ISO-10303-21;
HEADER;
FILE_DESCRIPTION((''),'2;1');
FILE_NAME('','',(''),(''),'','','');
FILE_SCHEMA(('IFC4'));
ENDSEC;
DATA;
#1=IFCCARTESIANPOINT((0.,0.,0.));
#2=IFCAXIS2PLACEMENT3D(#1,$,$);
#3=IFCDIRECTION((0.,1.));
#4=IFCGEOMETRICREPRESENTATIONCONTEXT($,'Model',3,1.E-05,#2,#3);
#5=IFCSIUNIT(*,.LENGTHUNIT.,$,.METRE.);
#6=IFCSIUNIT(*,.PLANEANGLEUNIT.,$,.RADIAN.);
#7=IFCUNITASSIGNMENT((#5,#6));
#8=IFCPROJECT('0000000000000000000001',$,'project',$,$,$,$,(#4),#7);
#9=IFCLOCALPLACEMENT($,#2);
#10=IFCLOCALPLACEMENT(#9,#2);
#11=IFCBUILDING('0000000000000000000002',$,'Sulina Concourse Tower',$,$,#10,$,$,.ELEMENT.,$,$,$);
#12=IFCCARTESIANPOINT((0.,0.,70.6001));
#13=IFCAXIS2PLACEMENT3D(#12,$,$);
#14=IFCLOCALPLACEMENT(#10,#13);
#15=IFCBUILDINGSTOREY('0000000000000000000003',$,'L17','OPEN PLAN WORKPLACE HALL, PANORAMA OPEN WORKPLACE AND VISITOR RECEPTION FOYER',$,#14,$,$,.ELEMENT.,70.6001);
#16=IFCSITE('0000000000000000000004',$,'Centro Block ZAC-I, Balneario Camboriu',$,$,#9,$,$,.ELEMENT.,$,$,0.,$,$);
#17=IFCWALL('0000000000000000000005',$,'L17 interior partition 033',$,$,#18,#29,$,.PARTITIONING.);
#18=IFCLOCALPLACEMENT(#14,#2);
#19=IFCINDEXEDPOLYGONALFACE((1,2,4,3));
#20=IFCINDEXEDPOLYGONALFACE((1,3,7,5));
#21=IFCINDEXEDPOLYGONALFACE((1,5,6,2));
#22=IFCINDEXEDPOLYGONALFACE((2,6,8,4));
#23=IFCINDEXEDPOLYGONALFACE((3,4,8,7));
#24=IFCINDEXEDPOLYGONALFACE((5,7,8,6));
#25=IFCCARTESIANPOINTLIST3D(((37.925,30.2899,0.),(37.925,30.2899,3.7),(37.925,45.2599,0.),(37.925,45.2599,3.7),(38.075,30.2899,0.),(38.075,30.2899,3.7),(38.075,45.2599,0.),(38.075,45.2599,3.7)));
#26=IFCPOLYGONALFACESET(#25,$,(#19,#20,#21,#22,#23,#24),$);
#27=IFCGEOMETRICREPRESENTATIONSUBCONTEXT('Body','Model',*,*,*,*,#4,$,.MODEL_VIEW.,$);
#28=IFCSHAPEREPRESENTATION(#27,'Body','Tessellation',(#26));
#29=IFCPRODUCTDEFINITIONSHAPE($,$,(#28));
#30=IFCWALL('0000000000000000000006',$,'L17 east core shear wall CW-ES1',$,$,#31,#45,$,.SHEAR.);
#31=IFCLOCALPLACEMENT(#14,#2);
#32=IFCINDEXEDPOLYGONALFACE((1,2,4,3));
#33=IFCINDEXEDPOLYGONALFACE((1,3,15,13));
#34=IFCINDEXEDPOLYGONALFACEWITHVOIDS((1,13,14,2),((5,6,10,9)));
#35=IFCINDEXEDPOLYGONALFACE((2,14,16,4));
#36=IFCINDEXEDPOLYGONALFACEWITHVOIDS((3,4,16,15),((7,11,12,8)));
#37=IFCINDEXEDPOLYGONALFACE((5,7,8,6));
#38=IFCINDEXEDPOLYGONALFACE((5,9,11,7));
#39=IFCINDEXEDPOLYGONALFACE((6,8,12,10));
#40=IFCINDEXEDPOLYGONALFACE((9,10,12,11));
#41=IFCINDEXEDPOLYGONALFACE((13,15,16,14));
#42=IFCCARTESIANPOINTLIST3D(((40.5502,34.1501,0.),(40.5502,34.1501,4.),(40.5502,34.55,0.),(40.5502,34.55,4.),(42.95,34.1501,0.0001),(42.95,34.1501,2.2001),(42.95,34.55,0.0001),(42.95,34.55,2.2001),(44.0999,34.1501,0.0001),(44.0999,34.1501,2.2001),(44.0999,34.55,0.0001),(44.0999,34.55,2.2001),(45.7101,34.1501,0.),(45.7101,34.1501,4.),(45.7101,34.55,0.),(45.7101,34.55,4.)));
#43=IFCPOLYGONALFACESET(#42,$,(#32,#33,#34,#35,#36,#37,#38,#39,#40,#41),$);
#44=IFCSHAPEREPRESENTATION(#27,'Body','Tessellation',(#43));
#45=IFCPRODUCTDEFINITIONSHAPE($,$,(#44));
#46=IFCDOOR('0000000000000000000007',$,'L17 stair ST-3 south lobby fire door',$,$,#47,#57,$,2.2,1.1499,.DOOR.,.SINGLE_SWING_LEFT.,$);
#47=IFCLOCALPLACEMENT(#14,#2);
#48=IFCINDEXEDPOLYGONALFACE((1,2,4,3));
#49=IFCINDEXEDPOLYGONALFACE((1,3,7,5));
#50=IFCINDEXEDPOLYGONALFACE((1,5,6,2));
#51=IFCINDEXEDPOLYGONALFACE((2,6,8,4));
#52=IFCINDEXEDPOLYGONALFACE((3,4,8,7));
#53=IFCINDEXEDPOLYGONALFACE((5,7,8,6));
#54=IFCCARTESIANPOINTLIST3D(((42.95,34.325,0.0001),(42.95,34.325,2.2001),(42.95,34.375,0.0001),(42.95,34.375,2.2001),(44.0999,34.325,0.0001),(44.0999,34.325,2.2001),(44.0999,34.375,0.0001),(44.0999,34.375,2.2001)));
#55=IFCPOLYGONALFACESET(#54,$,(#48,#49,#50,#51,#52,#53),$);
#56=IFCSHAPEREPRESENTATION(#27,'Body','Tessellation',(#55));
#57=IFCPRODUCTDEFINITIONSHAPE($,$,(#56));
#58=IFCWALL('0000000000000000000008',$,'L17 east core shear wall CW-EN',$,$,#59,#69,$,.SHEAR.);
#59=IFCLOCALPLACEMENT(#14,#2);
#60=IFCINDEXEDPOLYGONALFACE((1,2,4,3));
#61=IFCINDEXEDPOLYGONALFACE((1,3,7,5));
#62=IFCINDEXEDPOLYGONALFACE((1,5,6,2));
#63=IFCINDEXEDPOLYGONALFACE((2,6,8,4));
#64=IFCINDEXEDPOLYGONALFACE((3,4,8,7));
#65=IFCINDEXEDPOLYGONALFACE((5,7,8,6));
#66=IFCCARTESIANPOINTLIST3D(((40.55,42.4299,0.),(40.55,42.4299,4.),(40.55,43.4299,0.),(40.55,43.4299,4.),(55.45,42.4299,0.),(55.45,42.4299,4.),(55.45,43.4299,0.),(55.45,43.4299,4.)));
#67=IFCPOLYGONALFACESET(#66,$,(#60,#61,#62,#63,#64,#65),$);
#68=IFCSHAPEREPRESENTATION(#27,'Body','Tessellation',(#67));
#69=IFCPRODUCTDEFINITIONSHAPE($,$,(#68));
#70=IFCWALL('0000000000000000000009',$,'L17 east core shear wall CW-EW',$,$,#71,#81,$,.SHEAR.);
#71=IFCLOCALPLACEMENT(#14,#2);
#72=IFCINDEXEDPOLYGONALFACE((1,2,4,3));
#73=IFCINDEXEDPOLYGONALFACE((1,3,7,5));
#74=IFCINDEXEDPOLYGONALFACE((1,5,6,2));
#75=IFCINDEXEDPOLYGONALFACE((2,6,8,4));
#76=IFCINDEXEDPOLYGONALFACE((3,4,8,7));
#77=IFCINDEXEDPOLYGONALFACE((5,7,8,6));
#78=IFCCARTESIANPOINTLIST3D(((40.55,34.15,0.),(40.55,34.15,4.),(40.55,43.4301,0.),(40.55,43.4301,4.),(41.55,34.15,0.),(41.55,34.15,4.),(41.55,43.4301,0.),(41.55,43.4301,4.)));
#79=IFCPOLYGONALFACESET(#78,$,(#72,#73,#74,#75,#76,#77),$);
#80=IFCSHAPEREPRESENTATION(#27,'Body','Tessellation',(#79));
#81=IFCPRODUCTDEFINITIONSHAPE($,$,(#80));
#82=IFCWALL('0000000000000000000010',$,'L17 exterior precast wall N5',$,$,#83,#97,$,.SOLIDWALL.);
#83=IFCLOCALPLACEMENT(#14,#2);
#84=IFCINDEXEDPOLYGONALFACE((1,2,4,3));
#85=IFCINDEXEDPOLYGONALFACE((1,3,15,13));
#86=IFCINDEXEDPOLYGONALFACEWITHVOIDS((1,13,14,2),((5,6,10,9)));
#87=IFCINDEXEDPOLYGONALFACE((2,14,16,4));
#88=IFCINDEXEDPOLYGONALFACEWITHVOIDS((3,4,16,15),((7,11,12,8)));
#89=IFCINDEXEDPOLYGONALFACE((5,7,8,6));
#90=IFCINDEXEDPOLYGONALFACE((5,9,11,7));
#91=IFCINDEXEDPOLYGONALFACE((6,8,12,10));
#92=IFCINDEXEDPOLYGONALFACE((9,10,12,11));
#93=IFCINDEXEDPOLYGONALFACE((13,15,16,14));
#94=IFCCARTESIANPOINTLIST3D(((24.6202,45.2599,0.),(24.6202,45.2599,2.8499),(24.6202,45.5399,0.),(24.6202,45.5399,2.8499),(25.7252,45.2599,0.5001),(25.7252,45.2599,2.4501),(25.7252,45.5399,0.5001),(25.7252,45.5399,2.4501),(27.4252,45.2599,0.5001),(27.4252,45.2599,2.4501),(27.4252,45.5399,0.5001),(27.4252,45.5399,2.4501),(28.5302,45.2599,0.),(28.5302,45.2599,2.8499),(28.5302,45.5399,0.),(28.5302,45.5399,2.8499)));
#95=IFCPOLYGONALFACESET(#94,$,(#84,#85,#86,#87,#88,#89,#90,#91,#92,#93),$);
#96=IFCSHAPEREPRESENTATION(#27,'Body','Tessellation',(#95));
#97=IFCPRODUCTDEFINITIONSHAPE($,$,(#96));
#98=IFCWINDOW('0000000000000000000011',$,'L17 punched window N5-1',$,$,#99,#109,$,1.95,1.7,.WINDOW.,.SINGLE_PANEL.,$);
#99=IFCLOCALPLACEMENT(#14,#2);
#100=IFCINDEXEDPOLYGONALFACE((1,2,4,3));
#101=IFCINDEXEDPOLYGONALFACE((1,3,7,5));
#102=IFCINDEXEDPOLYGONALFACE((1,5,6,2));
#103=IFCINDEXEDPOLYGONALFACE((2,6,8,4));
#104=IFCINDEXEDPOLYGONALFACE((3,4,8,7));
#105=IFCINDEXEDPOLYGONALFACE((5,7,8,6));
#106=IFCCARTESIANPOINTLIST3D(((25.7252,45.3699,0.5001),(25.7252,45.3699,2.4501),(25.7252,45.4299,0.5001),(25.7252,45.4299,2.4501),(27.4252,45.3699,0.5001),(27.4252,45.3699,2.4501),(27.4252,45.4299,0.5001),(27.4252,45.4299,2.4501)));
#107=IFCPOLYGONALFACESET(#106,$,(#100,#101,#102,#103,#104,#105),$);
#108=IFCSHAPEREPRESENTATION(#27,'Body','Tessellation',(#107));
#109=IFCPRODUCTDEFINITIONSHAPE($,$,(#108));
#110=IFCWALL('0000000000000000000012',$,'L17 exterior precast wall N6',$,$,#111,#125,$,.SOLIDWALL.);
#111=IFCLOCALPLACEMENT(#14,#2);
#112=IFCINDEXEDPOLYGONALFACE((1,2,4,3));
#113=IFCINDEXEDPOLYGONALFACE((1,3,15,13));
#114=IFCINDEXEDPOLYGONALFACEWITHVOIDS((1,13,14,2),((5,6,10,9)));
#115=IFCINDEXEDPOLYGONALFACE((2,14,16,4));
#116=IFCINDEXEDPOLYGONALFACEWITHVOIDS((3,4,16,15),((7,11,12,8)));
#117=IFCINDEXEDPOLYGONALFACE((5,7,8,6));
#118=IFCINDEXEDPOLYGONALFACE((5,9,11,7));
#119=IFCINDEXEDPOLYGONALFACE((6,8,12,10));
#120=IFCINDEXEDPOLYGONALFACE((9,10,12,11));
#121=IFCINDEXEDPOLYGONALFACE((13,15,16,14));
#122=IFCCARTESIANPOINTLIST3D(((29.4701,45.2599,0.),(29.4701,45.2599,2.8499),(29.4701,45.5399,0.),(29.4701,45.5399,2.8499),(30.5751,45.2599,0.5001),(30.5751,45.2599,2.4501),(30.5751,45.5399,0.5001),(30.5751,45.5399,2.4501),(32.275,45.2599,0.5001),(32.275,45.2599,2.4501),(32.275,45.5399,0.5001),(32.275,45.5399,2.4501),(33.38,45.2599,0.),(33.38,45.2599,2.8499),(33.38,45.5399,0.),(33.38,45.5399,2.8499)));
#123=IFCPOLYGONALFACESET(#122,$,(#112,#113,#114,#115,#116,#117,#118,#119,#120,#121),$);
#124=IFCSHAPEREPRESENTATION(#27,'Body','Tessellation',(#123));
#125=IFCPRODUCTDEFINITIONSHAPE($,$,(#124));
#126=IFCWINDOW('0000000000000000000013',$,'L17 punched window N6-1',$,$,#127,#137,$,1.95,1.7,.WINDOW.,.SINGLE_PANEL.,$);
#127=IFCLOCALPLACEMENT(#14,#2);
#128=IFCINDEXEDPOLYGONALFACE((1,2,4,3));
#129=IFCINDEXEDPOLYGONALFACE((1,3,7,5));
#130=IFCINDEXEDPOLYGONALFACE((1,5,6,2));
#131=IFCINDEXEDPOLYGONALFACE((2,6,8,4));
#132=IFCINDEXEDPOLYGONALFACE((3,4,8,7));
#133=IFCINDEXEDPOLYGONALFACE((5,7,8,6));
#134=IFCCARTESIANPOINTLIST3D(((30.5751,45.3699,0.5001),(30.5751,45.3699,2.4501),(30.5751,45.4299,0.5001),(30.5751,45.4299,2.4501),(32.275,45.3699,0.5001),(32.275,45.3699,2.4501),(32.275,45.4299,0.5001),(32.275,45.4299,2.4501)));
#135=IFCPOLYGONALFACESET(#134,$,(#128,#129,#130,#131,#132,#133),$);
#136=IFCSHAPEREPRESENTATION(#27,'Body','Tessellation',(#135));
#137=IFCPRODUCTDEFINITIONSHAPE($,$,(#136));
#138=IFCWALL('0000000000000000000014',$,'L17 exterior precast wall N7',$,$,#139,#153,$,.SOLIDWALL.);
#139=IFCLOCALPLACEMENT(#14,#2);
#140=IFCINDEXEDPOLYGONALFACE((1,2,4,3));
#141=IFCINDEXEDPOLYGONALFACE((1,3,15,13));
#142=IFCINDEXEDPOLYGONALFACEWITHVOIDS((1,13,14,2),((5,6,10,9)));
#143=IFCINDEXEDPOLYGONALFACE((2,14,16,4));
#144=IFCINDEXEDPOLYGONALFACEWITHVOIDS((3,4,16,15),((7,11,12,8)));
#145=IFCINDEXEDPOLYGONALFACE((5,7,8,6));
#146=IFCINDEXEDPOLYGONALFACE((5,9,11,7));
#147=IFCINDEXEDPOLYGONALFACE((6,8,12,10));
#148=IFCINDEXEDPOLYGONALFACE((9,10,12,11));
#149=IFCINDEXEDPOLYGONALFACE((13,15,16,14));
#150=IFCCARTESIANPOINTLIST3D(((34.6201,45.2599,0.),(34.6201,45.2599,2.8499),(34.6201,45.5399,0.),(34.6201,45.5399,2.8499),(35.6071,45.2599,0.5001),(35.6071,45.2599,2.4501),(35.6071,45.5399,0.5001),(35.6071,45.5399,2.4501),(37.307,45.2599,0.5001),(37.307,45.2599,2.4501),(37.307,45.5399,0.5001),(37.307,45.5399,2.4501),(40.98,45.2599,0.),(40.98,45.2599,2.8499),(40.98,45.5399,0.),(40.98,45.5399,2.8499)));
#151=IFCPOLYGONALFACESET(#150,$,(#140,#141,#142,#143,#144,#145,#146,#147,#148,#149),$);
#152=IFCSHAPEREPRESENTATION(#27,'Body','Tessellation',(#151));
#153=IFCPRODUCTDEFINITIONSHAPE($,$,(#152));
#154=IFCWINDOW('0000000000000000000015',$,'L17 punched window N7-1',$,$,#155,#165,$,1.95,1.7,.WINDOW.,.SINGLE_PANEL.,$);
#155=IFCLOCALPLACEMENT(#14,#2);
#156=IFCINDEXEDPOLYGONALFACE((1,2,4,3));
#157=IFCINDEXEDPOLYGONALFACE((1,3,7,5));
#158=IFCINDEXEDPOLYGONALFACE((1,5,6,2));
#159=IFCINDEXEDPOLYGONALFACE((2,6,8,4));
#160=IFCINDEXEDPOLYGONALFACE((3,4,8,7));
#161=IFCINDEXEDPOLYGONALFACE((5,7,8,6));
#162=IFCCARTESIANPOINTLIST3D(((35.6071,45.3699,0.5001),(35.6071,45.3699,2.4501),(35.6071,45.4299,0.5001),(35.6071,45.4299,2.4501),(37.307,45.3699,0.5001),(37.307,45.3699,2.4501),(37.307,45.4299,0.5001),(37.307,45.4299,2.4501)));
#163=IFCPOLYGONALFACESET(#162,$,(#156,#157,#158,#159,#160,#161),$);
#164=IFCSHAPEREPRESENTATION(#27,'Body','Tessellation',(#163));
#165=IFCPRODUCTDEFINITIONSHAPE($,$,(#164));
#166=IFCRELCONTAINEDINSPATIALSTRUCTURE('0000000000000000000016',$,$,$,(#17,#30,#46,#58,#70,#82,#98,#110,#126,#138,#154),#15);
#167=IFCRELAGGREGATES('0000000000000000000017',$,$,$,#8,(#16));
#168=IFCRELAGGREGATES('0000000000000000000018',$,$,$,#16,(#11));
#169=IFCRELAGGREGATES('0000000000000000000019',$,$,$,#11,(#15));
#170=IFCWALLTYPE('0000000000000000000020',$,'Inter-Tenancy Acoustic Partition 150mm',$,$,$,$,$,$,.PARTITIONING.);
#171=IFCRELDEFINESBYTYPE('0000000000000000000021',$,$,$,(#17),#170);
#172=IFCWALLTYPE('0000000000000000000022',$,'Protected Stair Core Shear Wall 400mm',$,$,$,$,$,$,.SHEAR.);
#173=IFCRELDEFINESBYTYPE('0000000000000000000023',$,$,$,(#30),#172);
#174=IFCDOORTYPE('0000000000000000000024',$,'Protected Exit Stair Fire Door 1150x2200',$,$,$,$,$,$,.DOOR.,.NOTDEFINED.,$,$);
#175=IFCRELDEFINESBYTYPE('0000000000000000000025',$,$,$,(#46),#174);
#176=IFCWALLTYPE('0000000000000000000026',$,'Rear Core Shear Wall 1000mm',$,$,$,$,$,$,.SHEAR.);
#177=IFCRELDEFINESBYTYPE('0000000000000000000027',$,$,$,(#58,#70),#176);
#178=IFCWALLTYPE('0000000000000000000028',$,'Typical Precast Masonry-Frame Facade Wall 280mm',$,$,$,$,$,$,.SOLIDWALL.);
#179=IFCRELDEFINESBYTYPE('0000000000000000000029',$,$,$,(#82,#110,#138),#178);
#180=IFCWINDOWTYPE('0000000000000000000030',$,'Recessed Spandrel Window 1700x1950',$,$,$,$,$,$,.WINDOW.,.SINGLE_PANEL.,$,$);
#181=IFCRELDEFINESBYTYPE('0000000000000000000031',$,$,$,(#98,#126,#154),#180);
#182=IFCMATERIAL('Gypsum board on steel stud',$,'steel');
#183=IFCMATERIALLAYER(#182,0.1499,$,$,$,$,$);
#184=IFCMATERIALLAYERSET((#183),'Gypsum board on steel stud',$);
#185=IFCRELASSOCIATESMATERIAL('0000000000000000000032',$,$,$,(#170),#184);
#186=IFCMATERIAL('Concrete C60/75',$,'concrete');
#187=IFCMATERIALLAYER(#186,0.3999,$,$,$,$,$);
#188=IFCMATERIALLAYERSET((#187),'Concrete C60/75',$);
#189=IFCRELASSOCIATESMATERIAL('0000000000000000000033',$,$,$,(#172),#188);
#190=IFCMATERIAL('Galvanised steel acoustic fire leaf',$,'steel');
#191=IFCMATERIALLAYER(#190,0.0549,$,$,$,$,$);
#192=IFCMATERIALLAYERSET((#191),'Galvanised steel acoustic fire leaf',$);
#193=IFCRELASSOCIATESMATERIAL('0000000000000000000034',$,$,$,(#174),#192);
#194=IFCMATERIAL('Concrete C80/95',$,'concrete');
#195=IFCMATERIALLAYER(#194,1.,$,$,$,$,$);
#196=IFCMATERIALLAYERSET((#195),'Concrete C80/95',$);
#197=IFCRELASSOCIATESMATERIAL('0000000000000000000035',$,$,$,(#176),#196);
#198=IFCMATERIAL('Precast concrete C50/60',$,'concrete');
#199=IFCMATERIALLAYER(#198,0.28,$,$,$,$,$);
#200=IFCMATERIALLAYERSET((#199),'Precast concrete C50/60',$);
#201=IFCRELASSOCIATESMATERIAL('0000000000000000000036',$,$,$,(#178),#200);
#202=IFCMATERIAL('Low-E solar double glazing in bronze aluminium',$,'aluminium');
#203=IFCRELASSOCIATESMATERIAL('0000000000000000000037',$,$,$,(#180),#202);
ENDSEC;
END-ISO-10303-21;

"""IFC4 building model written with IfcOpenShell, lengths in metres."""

from ifc_helpers import new_model, si_unit, direction, frame, frame_2d, origin, place, context, subcontext, project, spatial, rectangle, extrude, material, layer, layer_set, type_object, element, fill, save


model = new_model("IFC4")

# Units and contexts
model_context = context("Model", 3, precision=1e-05, world=origin(), true_north=direction((0.0, 1.0)))
body_context = subcontext(model_context, "Body", "Model", "MODEL_VIEW")
ifc_project = project(units=[si_unit("LENGTHUNIT", "METRE"), si_unit("PLANEANGLEUNIT", "RADIAN")], contexts=[model_context])

# Site, building, storey
site_placement = place(None, origin())
site = spatial("IfcSite", under=ifc_project, at=site_placement, Name="Centro Block ZAC-I, Balneario Camboriu", CompositionType="ELEMENT", RefElevation=0.0)
building_placement = place(site_placement, origin())
building = spatial("IfcBuilding", under=site, at=building_placement, Name="Sulina Concourse Tower", CompositionType="ELEMENT")
storey_placement = place(building_placement, frame((0.0, 0.0, 70.6001)))
storey = spatial("IfcBuildingStorey", under=building, at=storey_placement, Name="L17", Description="OPEN PLAN WORKPLACE HALL, PANORAMA OPEN WORKPLACE AND VISITOR RECEPTION FOYER", CompositionType="ELEMENT", Elevation=70.6001)

# Wall
ifc_material_1 = material(Name="Gypsum board on steel stud", Category="steel")
ifc_layer_1 = layer(ifc_material_1, 0.1499)
ifc_layer_set_1 = layer_set([ifc_layer_1], Name="Gypsum board on steel stud")
wall_type_1 = type_object("IfcWallType", Name="Inter-Tenancy Acoustic Partition 150mm", PredefinedType="PARTITIONING", material=ifc_layer_set_1)
wall_1_placement = place(storey_placement, frame((38.0, 30.29, 0.0), z_axis=(0.0, 0.0, 1.0), x_axis=(0.0, 1.0, 0.0)))
element("IfcWall", 1, at=wall_1_placement, inside=storey, type_object=wall_type_1, Name="L17 interior partition 033", PredefinedType="PARTITIONING", context=body_context, shape_type="SweptSolid", body=[
    extrude(rectangle(XDim=14.97, YDim=0.1499, at=frame_2d((7.4849, 0.0))), origin(), (0.0, 0.0, 1.0), 3.7),
])

# Wall, opening, door
ifc_material_2 = material(Name="Concrete C60/75", Category="concrete")
ifc_layer_2 = layer(ifc_material_2, 0.3999)
ifc_layer_set_2 = layer_set([ifc_layer_2], Name="Concrete C60/75")
wall_type_2 = type_object("IfcWallType", Name="Protected Stair Core Shear Wall 400mm", PredefinedType="SHEAR", material=ifc_layer_set_2)
wall_2_placement = place(storey_placement, frame((40.55, 34.3501, 0.0), z_axis=(0.0, 0.0, 1.0), x_axis=(1.0, 0.0, 0.0)))
wall_2 = element("IfcWall", 2, at=wall_2_placement, inside=storey, type_object=wall_type_2, Name="L17 east core shear wall CW-ES1", PredefinedType="SHEAR", context=body_context, shape_type="SweptSolid", body=[
    extrude(rectangle(XDim=5.1599, YDim=0.3999, at=frame_2d((2.5801, 0.0))), origin(), (0.0, 0.0, 1.0), 4.0),
])
opening_1_placement = place(wall_2_placement, frame((2.3999, 0.0, 0.0)))
opening_1 = element("IfcOpeningElement", 3, at=opening_1_placement, cuts=wall_2, PredefinedType="OPENING", context=body_context, shape_type="SweptSolid", body=[
    extrude(rectangle(XDim=1.1499, YDim=2.2, at=frame_2d((0.575, 1.1001))), frame((0.0, 0.21, 0.0), z_axis=(0.0, -1.0, 0.0), x_axis=(1.0, 0.0, 0.0)), (0.0, 0.0, 1.0), 0.4199),
])
ifc_material_3 = material(Name="Galvanised steel acoustic fire leaf", Category="steel")
ifc_layer_3 = layer(ifc_material_3, 0.0549)
ifc_layer_set_3 = layer_set([ifc_layer_3], Name="Galvanised steel acoustic fire leaf")
door_type = type_object("IfcDoorType", Name="Protected Exit Stair Fire Door 1150x2200", OperationType="NOTDEFINED", PredefinedType="DOOR", material=ifc_layer_set_3)
door_placement = place(opening_1_placement, origin())
door = element("IfcDoor", 4, at=door_placement, inside=storey, type_object=door_type, Name="L17 stair ST-3 south lobby fire door", OperationType="SINGLE_SWING_LEFT", OverallHeight=2.2, OverallWidth=1.1499, PredefinedType="DOOR", context=body_context, shape_type="SweptSolid", body=[
    extrude(rectangle(XDim=1.1499, YDim=2.2, at=frame_2d((0.575, 1.1001))), frame((0.0, 0.0249, 0.0), z_axis=(0.0, -1.0, 0.0), x_axis=(1.0, 0.0, 0.0)), (0.0, 0.0, 1.0), 0.05),
])
fill(opening_1, door)

# Walls
ifc_material_4 = material(Name="Concrete C80/95", Category="concrete")
ifc_layer_4 = layer(ifc_material_4, 1.0)
ifc_layer_set_4 = layer_set([ifc_layer_4], Name="Concrete C80/95")
wall_type_3 = type_object("IfcWallType", Name="Rear Core Shear Wall 1000mm", PredefinedType="SHEAR", material=ifc_layer_set_4)
wall_3_placement = place(storey_placement, frame((40.55, 42.9299, 0.0), z_axis=(0.0, 0.0, 1.0), x_axis=(1.0, 0.0, 0.0)))
element("IfcWall", 5, at=wall_3_placement, inside=storey, type_object=wall_type_3, Name="L17 east core shear wall CW-EN", PredefinedType="SHEAR", context=body_context, shape_type="SweptSolid", body=[
    extrude(rectangle(XDim=14.8999, YDim=1.0, at=frame_2d((7.45, 0.0))), origin(), (0.0, 0.0, 1.0), 4.0),
])
wall_4_placement = place(storey_placement, frame((41.05, 34.1499, 0.0), z_axis=(0.0, 0.0, 1.0), x_axis=(0.0, 1.0, 0.0)))
element("IfcWall", 6, at=wall_4_placement, inside=storey, type_object=wall_type_3, Name="L17 east core shear wall CW-EW", PredefinedType="SHEAR", context=body_context, shape_type="SweptSolid", body=[
    extrude(rectangle(XDim=9.28, YDim=1.0, at=frame_2d((4.6401, 0.0))), origin(), (0.0, 0.0, 1.0), 4.0),
])

# Walls, openings, windows
ifc_material_5 = material(Name="Precast concrete C50/60", Category="concrete")
ifc_layer_5 = layer(ifc_material_5, 0.28)
ifc_layer_set_5 = layer_set([ifc_layer_5], Name="Precast concrete C50/60")
wall_type_4 = type_object("IfcWallType", Name="Typical Precast Masonry-Frame Facade Wall 280mm", PredefinedType="SOLIDWALL", material=ifc_layer_set_5)
wall_5_placement = place(storey_placement, frame((24.6201, 45.3999, 0.0), z_axis=(0.0, 0.0, 1.0), x_axis=(1.0, 0.0, 0.0)))
wall_5 = element("IfcWall", 7, at=wall_5_placement, inside=storey, type_object=wall_type_4, Name="L17 exterior precast wall N5", PredefinedType="SOLIDWALL", context=body_context, shape_type="SweptSolid", body=[
    extrude(rectangle(XDim=3.9099, YDim=0.28, at=frame_2d((1.9551, 0.0))), origin(), (0.0, 0.0, 1.0), 2.8499),
])
opening_2_placement = place(wall_5_placement, frame((1.105, 0.0, 0.5)))
opening_2 = element("IfcOpeningElement", 8, at=opening_2_placement, cuts=wall_5, PredefinedType="OPENING", context=body_context, shape_type="SweptSolid", body=[
    extrude(rectangle(XDim=1.7, YDim=1.95, at=frame_2d((0.8501, 0.9751))), frame((0.0, 0.1499, 0.0), z_axis=(0.0, -1.0, 0.0), x_axis=(1.0, 0.0, 0.0)), (0.0, 0.0, 1.0), 0.3),
])
ifc_material_6 = material(Name="Low-E solar double glazing in bronze aluminium", Category="aluminium")
window_type = type_object("IfcWindowType", Name="Recessed Spandrel Window 1700x1950", PartitioningType="SINGLE_PANEL", PredefinedType="WINDOW", material=ifc_material_6)
window_1_placement = place(opening_2_placement, origin())
window_1 = element("IfcWindow", 9, at=window_1_placement, inside=storey, type_object=window_type, Name="L17 punched window N5-1", OverallHeight=1.95, OverallWidth=1.7, PartitioningType="SINGLE_PANEL", PredefinedType="WINDOW", context=body_context, shape_type="SweptSolid", body=[
    extrude(rectangle(XDim=1.7, YDim=1.95, at=frame_2d((0.8501, 0.9751))), frame((0.0, 0.03, 0.0), z_axis=(0.0, -1.0, 0.0), x_axis=(1.0, 0.0, 0.0)), (0.0, 0.0, 1.0), 0.0601),
])
fill(opening_2, window_1)
wall_6_placement = place(storey_placement, frame((29.47, 45.3999, 0.0), z_axis=(0.0, 0.0, 1.0), x_axis=(1.0, 0.0, 0.0)))
wall_6 = element("IfcWall", 10, at=wall_6_placement, inside=storey, type_object=wall_type_4, Name="L17 exterior precast wall N6", PredefinedType="SOLIDWALL", context=body_context, shape_type="SweptSolid", body=[
    extrude(rectangle(XDim=3.9099, YDim=0.28, at=frame_2d((1.9551, 0.0))), origin(), (0.0, 0.0, 1.0), 2.8499),
])
opening_3_placement = place(wall_6_placement, frame((1.105, 0.0, 0.5)))
opening_3 = element("IfcOpeningElement", 11, at=opening_3_placement, cuts=wall_6, PredefinedType="OPENING", context=body_context, shape_type="SweptSolid", body=[
    extrude(rectangle(XDim=1.7, YDim=1.95, at=frame_2d((0.8501, 0.9751))), frame((0.0, 0.1499, 0.0), z_axis=(0.0, -1.0, 0.0), x_axis=(1.0, 0.0, 0.0)), (0.0, 0.0, 1.0), 0.3),
])
window_2_placement = place(opening_3_placement, origin())
window_2 = element("IfcWindow", 12, at=window_2_placement, inside=storey, type_object=window_type, Name="L17 punched window N6-1", OverallHeight=1.95, OverallWidth=1.7, PartitioningType="SINGLE_PANEL", PredefinedType="WINDOW", context=body_context, shape_type="SweptSolid", body=[
    extrude(rectangle(XDim=1.7, YDim=1.95, at=frame_2d((0.8501, 0.9751))), frame((0.0, 0.03, 0.0), z_axis=(0.0, -1.0, 0.0), x_axis=(1.0, 0.0, 0.0)), (0.0, 0.0, 1.0), 0.0601),
])
fill(opening_3, window_2)
wall_7_placement = place(storey_placement, frame((34.6201, 45.3999, 0.0), z_axis=(0.0, 0.0, 1.0), x_axis=(1.0, 0.0, 0.0)))
wall_7 = element("IfcWall", 13, at=wall_7_placement, inside=storey, type_object=wall_type_4, Name="L17 exterior precast wall N7", PredefinedType="SOLIDWALL", context=body_context, shape_type="SweptSolid", body=[
    extrude(rectangle(XDim=6.3599, YDim=0.28, at=frame_2d((3.1799, 0.0))), origin(), (0.0, 0.0, 1.0), 2.8499),
])
opening_4_placement = place(wall_7_placement, frame((0.9868, 0.0, 0.5)))
opening_4 = element("IfcOpeningElement", 14, at=opening_4_placement, cuts=wall_7, PredefinedType="OPENING", context=body_context, shape_type="SweptSolid", body=[
    extrude(rectangle(XDim=1.7, YDim=1.95, at=frame_2d((0.8501, 0.9751))), frame((0.0, 0.1499, 0.0), z_axis=(0.0, -1.0, 0.0), x_axis=(1.0, 0.0, 0.0)), (0.0, 0.0, 1.0), 0.3),
])
window_3_placement = place(opening_4_placement, origin())
window_3 = element("IfcWindow", 15, at=window_3_placement, inside=storey, type_object=window_type, Name="L17 punched window N7-1", OverallHeight=1.95, OverallWidth=1.7, PartitioningType="SINGLE_PANEL", PredefinedType="WINDOW", context=body_context, shape_type="SweptSolid", body=[
    extrude(rectangle(XDim=1.7, YDim=1.95, at=frame_2d((0.8501, 0.9751))), frame((0.0, 0.03, 0.0), z_axis=(0.0, -1.0, 0.0), x_axis=(1.0, 0.0, 0.0)), (0.0, 0.0, 1.0), 0.0601),
])
fill(opening_4, window_3)

save(model, "model.ifc")
